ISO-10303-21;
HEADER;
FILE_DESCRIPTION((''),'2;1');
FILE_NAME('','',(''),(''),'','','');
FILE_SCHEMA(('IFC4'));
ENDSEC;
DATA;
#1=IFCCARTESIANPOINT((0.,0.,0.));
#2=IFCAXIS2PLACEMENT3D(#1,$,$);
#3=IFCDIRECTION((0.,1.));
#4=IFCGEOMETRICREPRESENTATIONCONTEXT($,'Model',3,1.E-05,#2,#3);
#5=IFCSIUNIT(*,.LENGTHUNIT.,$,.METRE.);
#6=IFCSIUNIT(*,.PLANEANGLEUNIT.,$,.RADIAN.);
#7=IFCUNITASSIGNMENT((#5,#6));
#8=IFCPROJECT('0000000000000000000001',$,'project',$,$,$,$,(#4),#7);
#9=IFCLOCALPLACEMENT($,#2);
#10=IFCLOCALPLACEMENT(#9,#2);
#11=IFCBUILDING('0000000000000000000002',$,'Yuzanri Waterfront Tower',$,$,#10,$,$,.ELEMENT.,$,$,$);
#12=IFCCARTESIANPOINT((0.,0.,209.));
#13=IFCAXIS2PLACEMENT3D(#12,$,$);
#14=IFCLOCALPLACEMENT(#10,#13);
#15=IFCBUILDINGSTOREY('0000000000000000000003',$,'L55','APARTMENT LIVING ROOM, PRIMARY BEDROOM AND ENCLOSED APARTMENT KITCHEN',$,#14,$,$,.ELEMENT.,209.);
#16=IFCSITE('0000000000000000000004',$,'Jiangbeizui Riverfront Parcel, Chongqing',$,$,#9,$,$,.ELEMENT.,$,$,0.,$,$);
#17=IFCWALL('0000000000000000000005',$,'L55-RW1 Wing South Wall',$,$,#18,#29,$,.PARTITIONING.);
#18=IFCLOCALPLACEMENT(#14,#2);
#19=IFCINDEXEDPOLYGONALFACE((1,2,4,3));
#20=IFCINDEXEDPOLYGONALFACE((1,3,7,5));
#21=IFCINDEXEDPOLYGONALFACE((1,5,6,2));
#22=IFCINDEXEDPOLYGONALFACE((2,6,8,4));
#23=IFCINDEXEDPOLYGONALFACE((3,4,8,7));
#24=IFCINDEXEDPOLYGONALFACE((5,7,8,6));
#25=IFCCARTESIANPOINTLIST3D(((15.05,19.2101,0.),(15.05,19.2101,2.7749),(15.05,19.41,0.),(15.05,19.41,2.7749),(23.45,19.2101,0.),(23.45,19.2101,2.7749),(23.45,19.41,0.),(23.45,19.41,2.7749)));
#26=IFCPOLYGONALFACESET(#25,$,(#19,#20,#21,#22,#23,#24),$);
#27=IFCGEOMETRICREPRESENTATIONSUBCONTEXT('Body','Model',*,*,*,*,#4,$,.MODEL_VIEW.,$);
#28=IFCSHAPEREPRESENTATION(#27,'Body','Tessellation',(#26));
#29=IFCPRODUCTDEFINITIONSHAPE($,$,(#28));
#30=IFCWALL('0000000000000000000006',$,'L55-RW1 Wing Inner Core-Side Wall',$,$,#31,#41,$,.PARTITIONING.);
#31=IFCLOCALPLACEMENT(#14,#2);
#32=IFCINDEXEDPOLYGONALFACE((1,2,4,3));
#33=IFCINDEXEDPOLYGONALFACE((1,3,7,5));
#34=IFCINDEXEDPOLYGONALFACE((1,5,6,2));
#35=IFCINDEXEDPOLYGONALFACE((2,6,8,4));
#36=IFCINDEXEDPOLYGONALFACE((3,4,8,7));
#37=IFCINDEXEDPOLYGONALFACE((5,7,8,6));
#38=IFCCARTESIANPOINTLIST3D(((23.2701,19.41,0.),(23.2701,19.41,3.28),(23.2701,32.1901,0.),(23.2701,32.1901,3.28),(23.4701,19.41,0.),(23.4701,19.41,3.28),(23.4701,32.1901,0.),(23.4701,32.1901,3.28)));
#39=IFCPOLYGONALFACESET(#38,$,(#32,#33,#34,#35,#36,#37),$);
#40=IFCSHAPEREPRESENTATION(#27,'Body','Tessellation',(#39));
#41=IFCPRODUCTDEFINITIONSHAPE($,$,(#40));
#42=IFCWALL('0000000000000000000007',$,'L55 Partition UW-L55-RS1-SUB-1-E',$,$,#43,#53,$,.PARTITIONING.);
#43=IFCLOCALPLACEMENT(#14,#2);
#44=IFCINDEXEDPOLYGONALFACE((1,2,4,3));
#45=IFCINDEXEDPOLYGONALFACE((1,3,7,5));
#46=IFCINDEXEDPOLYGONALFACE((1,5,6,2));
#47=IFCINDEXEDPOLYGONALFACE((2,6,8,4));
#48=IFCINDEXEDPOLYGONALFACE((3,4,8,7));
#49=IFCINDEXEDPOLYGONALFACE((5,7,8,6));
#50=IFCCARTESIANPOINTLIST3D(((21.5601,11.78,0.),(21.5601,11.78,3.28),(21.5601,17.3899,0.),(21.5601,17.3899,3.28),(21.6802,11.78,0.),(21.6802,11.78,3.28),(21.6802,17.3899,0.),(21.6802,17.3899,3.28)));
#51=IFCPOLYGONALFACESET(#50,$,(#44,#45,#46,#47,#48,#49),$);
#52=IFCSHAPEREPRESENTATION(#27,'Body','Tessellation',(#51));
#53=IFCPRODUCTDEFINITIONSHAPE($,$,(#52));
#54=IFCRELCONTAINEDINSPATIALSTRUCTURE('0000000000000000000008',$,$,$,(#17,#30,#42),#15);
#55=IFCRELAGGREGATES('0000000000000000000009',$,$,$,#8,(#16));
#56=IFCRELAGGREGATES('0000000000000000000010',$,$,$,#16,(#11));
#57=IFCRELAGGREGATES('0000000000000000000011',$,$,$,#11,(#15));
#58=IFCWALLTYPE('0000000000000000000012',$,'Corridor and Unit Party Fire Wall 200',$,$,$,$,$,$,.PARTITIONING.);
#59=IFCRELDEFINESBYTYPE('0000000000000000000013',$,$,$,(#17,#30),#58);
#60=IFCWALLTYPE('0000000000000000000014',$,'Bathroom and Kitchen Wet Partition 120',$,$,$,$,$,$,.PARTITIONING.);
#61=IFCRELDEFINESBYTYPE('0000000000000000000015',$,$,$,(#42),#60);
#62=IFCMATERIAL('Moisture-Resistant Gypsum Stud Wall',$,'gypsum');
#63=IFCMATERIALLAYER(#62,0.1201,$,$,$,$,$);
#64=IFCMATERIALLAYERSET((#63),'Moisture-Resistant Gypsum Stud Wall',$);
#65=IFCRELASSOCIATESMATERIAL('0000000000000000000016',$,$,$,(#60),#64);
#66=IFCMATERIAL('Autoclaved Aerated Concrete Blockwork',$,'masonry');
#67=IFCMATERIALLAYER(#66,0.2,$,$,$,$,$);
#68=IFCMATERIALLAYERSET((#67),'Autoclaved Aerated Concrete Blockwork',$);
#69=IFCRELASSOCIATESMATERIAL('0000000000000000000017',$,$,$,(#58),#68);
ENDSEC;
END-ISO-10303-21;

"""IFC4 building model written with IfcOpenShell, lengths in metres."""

from ifc_helpers import new_model, si_unit, direction, frame, frame_2d, origin, place, context, subcontext, project, spatial, rectangle, extrude, source, transform, mapped, material, layer, layer_set, type_object, element, save


model = new_model("IFC4")

# Units and contexts
model_context = context("Model", 3, precision=1e-05, world=origin(), true_north=direction((0.0, 1.0)))
body_context = subcontext(model_context, "Body", "Model", "MODEL_VIEW")
ifc_project = project(units=[si_unit("LENGTHUNIT", "METRE"), si_unit("PLANEANGLEUNIT", "RADIAN")], contexts=[model_context])

# Site, building, storey
site_placement = place(None, origin())
site = spatial("IfcSite", under=ifc_project, at=site_placement, Name="Jiangbeizui Riverfront Parcel, Chongqing", CompositionType="ELEMENT", RefElevation=0.0)
building_placement = place(site_placement, origin())
building = spatial("IfcBuilding", under=site, at=building_placement, Name="Yuzanri Waterfront Tower", CompositionType="ELEMENT")
storey_placement = place(building_placement, frame((0.0, 0.0, 209.0)))
storey = spatial("IfcBuildingStorey", under=building, at=storey_placement, Name="L55", Description="APARTMENT LIVING ROOM, PRIMARY BEDROOM AND ENCLOSED APARTMENT KITCHEN", CompositionType="ELEMENT", Elevation=209.0)

# Shared definitions
ifc_material_1 = material(Name="Moisture-Resistant Gypsum Stud Wall", Category="gypsum")
ifc_layer_1 = layer(ifc_material_1, 0.1201)
ifc_layer_set_1 = layer_set([ifc_layer_1], Name="Moisture-Resistant Gypsum Stud Wall")
wall_type_1 = type_object("IfcWallType", Name="Bathroom and Kitchen Wet Partition 120", PredefinedType="PARTITIONING", material=ifc_layer_set_1)
ifc_material_2 = material(Name="Autoclaved Aerated Concrete Blockwork", Category="masonry")
ifc_layer_2 = layer(ifc_material_2, 0.2)
ifc_layer_set_2 = layer_set([ifc_layer_2], Name="Autoclaved Aerated Concrete Blockwork")
wall_type_2 = type_object("IfcWallType", Name="Corridor and Unit Party Fire Wall 200", PredefinedType="PARTITIONING", material=ifc_layer_set_2)

# Walls
shared_shape_1 = source(origin(), body_context, "Body", "SweptSolid", [
    extrude(rectangle(XDim=8.3999, YDim=0.2, at=frame_2d((4.2, 0.0))), origin(), (0.0, 0.0, 1.0), 2.7749),
])
wall_1_placement = place(storey_placement, frame((15.05, 19.3101, 0.0), z_axis=(0.0, 0.0, 1.0), x_axis=(1.0, 0.0, 0.0)))
element("IfcWall", 1, at=wall_1_placement, inside=storey, type_object=wall_type_2, Name="L55-RW1 Wing South Wall", PredefinedType="PARTITIONING", context=body_context, shape_type="MappedRepresentation", body=[
    mapped(shared_shape_1, transform((0.0, 0.0, 0.0), scale=1.0)),
])
shared_shape_2 = source(origin(), body_context, "Body", "SweptSolid", [
    extrude(rectangle(XDim=12.78, YDim=0.2, at=frame_2d((6.3901, 0.0))), origin(), (0.0, 0.0, 1.0), 3.28),
])
wall_2_placement = place(storey_placement, frame((23.3701, 19.4099, 0.0), z_axis=(0.0, 0.0, 1.0), x_axis=(0.0, 1.0, 0.0)))
element("IfcWall", 2, at=wall_2_placement, inside=storey, type_object=wall_type_2, Name="L55-RW1 Wing Inner Core-Side Wall", PredefinedType="PARTITIONING", context=body_context, shape_type="MappedRepresentation", body=[
    mapped(shared_shape_2, transform((0.0, 0.0, 0.0), scale=1.0)),
])
shared_shape_3 = source(origin(), body_context, "Body", "SweptSolid", [
    extrude(rectangle(XDim=5.6099, YDim=0.1201, at=frame_2d((2.8049, 0.0))), origin(), (0.0, 0.0, 1.0), 3.28),
])
wall_3_placement = place(storey_placement, frame((21.6201, 11.78, 0.0), z_axis=(0.0, 0.0, 1.0), x_axis=(0.0, 1.0, 0.0)))
element("IfcWall", 3, at=wall_3_placement, inside=storey, type_object=wall_type_1, Name="L55 Partition UW-L55-RS1-SUB-1-E", PredefinedType="PARTITIONING", context=body_context, shape_type="MappedRepresentation", body=[
    mapped(shared_shape_3, transform((0.0, 0.0, 0.0), scale=1.0)),
])

save(model, "model.ifc")
